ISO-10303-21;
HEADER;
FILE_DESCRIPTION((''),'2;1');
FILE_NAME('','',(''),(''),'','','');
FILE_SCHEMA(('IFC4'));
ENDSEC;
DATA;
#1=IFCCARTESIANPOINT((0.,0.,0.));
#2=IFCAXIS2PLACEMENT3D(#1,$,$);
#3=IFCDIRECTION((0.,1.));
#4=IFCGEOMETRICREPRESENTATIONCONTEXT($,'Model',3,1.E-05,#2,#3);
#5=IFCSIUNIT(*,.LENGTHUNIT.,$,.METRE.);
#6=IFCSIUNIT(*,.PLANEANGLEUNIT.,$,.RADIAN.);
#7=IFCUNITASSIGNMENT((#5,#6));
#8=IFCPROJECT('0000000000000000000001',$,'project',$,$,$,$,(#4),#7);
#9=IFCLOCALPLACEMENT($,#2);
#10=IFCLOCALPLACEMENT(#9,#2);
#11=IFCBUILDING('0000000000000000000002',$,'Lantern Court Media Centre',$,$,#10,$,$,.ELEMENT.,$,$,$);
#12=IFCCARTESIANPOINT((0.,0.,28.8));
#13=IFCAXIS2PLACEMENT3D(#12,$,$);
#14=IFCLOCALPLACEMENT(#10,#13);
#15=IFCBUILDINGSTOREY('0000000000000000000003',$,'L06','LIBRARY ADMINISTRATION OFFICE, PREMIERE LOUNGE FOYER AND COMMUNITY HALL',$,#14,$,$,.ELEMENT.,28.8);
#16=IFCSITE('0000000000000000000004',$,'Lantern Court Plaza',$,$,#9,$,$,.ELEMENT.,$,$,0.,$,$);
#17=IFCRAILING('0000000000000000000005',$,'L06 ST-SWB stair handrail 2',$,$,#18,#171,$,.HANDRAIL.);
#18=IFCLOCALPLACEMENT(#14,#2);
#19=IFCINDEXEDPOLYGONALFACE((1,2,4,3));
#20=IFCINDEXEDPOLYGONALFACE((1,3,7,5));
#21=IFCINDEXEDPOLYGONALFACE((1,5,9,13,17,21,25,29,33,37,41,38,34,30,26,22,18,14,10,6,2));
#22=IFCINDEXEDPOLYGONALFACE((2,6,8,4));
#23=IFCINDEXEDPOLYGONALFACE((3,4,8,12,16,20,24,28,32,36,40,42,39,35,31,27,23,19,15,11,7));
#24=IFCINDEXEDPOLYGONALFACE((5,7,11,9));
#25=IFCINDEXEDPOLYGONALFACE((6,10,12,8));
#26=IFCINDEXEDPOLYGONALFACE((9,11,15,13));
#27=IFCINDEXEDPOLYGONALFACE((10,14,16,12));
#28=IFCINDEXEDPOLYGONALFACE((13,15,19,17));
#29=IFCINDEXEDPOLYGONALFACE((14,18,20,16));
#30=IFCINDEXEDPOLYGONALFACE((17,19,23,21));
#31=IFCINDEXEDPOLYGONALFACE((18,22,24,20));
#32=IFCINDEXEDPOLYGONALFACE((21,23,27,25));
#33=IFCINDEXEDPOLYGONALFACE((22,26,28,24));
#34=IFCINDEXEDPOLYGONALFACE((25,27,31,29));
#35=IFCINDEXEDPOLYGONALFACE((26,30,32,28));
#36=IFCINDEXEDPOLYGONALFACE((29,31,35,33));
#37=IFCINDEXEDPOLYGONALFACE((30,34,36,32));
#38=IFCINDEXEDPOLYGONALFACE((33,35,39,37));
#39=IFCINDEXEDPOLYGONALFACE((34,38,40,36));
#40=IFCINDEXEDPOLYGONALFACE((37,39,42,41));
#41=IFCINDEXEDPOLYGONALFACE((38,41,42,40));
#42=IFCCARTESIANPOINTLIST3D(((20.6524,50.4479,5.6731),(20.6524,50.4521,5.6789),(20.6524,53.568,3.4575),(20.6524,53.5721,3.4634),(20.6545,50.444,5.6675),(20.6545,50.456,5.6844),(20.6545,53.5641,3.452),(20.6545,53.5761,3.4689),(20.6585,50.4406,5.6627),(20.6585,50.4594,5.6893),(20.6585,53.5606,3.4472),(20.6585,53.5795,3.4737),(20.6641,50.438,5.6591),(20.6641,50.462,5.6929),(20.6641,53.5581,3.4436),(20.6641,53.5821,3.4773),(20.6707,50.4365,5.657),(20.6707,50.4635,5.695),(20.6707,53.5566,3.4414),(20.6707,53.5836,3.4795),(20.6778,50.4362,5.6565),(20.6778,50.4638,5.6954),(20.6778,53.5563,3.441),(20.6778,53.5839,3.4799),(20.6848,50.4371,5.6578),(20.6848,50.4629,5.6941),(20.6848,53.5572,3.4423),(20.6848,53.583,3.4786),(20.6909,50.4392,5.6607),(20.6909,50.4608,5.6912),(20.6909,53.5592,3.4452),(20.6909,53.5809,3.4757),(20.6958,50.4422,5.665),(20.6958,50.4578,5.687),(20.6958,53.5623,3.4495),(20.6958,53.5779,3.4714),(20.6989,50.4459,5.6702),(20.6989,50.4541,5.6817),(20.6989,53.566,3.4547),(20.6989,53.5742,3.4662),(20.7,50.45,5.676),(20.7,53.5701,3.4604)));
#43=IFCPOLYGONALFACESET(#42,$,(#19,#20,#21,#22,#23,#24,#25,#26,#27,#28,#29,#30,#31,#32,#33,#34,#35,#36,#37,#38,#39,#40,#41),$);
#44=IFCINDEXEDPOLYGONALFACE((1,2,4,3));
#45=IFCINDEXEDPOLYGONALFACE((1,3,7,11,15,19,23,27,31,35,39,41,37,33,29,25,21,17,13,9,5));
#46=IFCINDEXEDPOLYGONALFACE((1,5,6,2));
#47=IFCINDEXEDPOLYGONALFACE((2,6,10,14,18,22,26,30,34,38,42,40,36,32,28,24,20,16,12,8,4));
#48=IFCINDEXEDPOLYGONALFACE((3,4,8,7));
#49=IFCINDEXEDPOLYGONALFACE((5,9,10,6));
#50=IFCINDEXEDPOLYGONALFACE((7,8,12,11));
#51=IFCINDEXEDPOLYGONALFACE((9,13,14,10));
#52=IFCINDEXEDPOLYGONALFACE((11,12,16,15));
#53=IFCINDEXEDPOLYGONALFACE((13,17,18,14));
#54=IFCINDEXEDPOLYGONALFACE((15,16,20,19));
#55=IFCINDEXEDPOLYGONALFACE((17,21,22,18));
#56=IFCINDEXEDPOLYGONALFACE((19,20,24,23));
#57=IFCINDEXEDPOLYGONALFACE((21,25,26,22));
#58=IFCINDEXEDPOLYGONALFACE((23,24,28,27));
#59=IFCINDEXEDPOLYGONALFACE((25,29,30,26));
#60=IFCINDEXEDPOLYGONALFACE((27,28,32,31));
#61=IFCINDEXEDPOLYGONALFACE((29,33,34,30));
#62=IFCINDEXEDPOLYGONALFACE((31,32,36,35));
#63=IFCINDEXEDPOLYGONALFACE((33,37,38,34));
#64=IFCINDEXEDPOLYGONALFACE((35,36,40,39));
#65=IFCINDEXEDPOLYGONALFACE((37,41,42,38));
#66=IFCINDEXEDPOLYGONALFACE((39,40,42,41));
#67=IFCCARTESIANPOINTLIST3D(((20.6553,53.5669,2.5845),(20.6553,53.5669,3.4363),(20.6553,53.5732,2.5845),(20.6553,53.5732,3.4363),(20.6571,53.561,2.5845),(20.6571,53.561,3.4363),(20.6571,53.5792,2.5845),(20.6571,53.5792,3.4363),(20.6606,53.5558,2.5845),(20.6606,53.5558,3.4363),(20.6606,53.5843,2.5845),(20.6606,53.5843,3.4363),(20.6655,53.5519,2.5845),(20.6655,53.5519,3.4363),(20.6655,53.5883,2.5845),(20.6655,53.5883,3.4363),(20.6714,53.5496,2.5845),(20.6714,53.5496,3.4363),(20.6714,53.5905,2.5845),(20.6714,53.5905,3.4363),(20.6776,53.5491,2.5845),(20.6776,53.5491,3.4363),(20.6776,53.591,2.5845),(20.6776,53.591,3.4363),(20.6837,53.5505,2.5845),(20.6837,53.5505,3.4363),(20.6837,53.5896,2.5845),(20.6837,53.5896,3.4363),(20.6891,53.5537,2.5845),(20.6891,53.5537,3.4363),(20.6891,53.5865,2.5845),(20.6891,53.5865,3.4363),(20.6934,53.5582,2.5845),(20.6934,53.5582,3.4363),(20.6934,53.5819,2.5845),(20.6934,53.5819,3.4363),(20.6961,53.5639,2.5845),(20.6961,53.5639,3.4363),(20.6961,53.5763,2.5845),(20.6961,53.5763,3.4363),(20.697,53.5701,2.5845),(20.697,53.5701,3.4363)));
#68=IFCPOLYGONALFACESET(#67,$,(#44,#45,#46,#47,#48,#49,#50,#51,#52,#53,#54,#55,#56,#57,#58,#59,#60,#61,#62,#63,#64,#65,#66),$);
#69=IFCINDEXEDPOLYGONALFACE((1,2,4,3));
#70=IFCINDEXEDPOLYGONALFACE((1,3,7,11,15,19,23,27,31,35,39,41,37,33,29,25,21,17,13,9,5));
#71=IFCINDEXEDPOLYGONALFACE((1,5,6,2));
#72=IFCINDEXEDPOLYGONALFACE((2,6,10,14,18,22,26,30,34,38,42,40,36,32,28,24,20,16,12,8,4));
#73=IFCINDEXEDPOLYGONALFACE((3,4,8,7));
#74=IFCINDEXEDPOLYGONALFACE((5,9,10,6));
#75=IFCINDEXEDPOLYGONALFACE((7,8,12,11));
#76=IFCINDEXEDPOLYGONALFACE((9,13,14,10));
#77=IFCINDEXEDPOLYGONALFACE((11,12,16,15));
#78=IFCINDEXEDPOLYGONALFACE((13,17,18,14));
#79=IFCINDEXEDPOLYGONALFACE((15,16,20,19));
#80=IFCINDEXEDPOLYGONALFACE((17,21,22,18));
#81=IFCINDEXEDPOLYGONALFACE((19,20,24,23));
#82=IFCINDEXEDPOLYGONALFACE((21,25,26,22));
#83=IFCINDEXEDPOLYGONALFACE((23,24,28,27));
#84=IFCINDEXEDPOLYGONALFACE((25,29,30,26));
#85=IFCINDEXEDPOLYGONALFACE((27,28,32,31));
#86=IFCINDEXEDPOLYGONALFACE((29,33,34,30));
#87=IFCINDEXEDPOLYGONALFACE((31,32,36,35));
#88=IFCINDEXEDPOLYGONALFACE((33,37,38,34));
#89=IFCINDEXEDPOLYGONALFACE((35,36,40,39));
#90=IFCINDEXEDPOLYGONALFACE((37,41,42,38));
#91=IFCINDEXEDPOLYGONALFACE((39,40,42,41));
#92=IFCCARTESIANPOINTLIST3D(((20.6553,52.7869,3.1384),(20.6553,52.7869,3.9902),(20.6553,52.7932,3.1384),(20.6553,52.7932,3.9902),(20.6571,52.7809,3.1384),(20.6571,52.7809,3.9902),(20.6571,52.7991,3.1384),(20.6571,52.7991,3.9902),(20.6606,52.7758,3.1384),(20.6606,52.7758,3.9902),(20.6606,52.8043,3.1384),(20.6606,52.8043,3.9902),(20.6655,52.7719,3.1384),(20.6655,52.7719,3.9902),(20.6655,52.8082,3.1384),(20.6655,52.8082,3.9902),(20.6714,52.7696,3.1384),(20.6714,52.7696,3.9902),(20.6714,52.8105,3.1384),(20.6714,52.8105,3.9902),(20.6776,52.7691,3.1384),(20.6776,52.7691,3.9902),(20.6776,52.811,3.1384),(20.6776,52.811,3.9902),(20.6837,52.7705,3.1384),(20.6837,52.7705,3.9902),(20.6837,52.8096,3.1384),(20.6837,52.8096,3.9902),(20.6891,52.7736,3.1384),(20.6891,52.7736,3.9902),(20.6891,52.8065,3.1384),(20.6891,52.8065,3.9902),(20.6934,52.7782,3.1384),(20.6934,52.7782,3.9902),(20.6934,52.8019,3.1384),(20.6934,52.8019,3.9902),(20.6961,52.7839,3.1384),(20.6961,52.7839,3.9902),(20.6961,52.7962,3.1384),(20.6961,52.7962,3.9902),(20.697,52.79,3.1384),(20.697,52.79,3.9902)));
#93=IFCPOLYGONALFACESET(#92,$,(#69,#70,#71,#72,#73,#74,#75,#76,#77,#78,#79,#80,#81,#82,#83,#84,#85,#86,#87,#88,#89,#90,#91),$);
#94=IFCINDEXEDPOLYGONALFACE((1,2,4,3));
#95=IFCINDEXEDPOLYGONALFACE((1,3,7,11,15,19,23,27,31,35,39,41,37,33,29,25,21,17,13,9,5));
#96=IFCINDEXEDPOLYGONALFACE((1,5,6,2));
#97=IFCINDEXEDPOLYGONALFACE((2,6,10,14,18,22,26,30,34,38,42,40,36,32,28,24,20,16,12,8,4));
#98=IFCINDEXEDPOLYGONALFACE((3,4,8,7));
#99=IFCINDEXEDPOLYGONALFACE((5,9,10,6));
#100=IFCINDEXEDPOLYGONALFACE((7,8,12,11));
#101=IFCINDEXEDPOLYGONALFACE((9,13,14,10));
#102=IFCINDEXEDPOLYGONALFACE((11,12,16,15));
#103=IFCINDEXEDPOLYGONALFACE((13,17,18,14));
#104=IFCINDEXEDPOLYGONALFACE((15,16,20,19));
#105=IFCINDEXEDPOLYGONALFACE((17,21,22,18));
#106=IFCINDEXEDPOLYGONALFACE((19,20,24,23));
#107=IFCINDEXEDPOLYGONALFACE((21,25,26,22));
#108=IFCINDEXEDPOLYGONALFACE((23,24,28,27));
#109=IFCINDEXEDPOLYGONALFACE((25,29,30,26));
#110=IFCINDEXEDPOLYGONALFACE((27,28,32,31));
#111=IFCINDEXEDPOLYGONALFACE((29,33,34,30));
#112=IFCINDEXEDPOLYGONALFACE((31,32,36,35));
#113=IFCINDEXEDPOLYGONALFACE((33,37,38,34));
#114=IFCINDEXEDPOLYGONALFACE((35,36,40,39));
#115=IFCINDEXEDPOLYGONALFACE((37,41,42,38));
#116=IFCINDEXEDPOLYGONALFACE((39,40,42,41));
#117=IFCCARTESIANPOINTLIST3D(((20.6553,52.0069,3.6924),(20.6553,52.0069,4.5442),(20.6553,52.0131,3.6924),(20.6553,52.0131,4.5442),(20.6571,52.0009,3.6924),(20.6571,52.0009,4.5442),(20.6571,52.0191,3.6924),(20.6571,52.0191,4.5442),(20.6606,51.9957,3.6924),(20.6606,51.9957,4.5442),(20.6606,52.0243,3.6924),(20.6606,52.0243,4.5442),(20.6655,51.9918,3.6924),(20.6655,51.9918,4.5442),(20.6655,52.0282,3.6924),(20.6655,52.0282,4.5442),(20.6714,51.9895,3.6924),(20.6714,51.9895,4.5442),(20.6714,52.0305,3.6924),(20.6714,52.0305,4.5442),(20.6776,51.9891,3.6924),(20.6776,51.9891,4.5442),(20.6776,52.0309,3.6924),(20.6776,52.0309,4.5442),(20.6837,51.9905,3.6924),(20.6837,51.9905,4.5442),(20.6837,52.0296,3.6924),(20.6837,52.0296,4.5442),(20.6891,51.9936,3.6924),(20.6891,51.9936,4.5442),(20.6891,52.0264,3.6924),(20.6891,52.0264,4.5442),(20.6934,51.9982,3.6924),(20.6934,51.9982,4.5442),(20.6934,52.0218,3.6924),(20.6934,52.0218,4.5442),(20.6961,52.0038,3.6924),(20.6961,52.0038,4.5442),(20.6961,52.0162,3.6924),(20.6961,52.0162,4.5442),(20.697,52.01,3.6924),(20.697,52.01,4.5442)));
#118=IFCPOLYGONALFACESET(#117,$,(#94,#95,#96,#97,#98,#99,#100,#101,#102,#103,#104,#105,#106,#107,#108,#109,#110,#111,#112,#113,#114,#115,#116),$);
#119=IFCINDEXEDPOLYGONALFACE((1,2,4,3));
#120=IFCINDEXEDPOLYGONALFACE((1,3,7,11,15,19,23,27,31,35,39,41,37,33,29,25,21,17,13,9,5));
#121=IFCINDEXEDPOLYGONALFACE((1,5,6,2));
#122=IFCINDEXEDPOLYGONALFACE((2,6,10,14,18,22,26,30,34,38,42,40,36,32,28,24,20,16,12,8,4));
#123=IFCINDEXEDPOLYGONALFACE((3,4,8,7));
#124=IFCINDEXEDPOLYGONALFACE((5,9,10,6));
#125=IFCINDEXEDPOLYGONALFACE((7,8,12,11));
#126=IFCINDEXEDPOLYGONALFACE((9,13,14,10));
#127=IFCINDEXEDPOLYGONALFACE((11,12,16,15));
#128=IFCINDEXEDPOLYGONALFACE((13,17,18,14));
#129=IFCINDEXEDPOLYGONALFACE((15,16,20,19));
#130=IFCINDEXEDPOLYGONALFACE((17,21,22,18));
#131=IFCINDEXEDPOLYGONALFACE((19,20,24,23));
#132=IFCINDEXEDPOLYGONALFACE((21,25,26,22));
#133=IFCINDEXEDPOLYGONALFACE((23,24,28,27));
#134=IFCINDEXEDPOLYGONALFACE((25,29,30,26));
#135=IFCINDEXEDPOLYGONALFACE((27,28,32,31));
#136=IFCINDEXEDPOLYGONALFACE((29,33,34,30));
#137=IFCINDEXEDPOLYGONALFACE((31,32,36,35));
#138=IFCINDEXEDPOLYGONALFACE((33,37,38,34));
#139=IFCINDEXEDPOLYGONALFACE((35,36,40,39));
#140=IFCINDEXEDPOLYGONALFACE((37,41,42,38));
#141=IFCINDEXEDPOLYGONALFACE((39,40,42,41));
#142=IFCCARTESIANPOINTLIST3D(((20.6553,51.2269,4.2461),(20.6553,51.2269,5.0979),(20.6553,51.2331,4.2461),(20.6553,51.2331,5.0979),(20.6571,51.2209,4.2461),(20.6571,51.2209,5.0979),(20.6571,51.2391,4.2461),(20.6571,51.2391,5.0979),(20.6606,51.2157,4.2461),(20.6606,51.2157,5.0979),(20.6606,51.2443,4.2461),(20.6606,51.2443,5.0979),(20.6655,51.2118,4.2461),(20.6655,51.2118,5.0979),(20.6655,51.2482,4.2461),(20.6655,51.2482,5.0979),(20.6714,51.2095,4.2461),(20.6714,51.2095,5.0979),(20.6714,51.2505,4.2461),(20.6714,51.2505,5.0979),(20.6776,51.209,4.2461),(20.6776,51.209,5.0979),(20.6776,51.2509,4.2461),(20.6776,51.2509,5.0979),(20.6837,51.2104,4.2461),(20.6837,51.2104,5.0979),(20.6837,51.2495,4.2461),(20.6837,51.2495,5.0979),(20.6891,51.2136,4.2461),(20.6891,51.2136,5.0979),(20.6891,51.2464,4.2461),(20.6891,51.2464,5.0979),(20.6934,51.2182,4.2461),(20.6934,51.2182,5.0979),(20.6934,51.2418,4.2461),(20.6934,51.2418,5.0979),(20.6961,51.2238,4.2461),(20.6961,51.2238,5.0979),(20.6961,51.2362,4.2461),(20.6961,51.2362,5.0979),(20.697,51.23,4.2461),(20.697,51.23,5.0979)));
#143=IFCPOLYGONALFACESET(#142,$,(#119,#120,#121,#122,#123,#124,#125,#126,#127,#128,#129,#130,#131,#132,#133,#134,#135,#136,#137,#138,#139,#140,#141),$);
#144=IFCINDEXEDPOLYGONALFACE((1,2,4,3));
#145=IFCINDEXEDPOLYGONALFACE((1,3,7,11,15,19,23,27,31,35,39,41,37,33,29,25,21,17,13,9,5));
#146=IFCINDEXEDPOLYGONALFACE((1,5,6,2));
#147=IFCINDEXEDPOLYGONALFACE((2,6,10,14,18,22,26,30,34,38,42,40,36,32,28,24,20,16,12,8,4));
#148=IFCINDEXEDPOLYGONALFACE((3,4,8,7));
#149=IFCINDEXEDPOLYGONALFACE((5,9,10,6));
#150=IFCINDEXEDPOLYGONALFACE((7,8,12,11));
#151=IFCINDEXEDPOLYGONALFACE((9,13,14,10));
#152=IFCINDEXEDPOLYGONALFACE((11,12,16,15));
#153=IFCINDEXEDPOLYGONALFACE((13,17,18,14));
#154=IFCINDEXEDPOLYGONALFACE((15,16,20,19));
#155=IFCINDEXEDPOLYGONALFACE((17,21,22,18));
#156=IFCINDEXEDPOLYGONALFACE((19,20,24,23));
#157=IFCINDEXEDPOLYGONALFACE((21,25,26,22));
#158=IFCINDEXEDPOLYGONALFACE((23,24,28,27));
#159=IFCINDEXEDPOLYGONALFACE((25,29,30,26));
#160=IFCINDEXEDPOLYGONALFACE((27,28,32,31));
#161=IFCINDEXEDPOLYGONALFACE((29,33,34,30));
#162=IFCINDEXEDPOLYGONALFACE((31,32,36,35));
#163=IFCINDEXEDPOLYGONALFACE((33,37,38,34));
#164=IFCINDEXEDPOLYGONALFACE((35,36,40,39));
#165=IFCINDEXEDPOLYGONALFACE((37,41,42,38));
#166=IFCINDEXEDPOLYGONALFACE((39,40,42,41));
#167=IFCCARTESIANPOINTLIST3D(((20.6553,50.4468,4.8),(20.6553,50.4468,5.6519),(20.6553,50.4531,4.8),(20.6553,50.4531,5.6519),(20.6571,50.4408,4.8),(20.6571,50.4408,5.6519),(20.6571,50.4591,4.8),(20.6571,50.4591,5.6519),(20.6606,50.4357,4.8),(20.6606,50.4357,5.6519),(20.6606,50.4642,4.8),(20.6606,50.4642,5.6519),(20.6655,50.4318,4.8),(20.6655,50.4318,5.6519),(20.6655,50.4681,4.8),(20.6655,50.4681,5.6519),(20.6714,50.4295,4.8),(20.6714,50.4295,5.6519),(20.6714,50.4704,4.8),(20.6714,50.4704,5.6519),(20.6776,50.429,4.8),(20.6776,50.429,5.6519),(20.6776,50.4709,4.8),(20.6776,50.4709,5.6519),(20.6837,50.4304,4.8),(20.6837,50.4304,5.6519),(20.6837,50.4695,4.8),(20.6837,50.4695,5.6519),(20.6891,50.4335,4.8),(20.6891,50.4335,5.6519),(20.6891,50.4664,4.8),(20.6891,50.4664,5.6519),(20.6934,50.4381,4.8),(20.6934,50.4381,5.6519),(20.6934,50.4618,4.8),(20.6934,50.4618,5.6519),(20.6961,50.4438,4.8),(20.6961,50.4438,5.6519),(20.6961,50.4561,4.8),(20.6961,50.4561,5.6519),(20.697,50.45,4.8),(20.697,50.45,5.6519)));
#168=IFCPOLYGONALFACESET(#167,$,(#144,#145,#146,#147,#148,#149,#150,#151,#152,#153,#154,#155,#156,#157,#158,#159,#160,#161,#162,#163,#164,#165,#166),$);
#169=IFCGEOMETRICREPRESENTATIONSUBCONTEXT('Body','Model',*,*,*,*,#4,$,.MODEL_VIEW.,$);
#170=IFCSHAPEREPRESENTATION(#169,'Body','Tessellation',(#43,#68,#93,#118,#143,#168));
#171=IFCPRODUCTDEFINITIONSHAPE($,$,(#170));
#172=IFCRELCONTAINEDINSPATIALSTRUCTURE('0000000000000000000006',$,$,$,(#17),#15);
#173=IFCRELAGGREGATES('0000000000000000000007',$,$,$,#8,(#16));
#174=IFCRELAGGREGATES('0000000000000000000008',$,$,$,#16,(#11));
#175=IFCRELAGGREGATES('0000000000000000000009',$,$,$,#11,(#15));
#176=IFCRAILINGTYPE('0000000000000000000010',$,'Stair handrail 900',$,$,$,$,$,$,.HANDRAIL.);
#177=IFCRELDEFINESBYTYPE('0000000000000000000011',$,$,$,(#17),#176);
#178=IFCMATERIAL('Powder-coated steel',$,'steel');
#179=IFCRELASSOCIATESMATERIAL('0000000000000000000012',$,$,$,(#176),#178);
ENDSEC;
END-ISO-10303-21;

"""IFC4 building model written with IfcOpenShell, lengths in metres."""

from ifc_helpers import new_model, si_unit, direction, frame, origin, origin_2d, place, context, subcontext, project, spatial, circle, extrude, material, type_object, element, save


model = new_model("IFC4")

# Units and contexts
model_context = context("Model", 3, precision=1e-05, world=origin(), true_north=direction((0.0, 1.0)))
body_context = subcontext(model_context, "Body", "Model", "MODEL_VIEW")
ifc_project = project(units=[si_unit("LENGTHUNIT", "METRE"), si_unit("PLANEANGLEUNIT", "RADIAN")], contexts=[model_context])

# Site, building, storey
site_placement = place(None, origin())
site = spatial("IfcSite", under=ifc_project, at=site_placement, Name="Lantern Court Plaza", CompositionType="ELEMENT", RefElevation=0.0)
building_placement = place(site_placement, origin())
building = spatial("IfcBuilding", under=site, at=building_placement, Name="Lantern Court Media Centre", CompositionType="ELEMENT")
storey_placement = place(building_placement, frame((0.0, 0.0, 28.8)))
storey = spatial("IfcBuildingStorey", under=building, at=storey_placement, Name="L06", Description="LIBRARY ADMINISTRATION OFFICE, PREMIERE LOUNGE FOYER AND COMMUNITY HALL", CompositionType="ELEMENT", Elevation=28.8)

# Railing
ifc_material_1 = material(Name="Powder-coated steel", Category="steel")
railing_type_1 = type_object("IfcRailingType", Name="Stair handrail 900", PredefinedType="HANDRAIL", material=ifc_material_1)
railing_1_placement = place(storey_placement, frame((20.676, 53.5701, 2.5845)))
element("IfcRailing", 1, at=railing_1_placement, inside=storey, type_object=railing_type_1, Name="L06 ST-SWB stair handrail 2", PredefinedType="HANDRAIL", context=body_context, shape_type="SweptSolid", body=[
    extrude(circle(Radius=0.0239, at=origin_2d()), frame((0.0, 0.0, 0.876), z_axis=(0.0, -0.815347, 0.578973), x_axis=(1.0, 0.0, 0.0)), (0.0, 0.0, 1.0), 3.8267),
    extrude(circle(Radius=0.021, at=origin_2d()), origin(), (0.0, 0.0, 1.0), 0.8518),
    extrude(circle(Radius=0.021, at=origin_2d()), frame((0.0, -0.78, 0.554)), (0.0, 0.0, 1.0), 0.8518),
    extrude(circle(Radius=0.021, at=origin_2d()), frame((0.0, -1.5601, 1.1079)), (0.0, 0.0, 1.0), 0.8518),
    extrude(circle(Radius=0.021, at=origin_2d()), frame((0.0, -2.3401, 1.6616)), (0.0, 0.0, 1.0), 0.8518),
    extrude(circle(Radius=0.021, at=origin_2d()), frame((0.0, -3.1201, 2.2156)), (0.0, 0.0, 1.0), 0.8518),
])

save(model, "model.ifc")
